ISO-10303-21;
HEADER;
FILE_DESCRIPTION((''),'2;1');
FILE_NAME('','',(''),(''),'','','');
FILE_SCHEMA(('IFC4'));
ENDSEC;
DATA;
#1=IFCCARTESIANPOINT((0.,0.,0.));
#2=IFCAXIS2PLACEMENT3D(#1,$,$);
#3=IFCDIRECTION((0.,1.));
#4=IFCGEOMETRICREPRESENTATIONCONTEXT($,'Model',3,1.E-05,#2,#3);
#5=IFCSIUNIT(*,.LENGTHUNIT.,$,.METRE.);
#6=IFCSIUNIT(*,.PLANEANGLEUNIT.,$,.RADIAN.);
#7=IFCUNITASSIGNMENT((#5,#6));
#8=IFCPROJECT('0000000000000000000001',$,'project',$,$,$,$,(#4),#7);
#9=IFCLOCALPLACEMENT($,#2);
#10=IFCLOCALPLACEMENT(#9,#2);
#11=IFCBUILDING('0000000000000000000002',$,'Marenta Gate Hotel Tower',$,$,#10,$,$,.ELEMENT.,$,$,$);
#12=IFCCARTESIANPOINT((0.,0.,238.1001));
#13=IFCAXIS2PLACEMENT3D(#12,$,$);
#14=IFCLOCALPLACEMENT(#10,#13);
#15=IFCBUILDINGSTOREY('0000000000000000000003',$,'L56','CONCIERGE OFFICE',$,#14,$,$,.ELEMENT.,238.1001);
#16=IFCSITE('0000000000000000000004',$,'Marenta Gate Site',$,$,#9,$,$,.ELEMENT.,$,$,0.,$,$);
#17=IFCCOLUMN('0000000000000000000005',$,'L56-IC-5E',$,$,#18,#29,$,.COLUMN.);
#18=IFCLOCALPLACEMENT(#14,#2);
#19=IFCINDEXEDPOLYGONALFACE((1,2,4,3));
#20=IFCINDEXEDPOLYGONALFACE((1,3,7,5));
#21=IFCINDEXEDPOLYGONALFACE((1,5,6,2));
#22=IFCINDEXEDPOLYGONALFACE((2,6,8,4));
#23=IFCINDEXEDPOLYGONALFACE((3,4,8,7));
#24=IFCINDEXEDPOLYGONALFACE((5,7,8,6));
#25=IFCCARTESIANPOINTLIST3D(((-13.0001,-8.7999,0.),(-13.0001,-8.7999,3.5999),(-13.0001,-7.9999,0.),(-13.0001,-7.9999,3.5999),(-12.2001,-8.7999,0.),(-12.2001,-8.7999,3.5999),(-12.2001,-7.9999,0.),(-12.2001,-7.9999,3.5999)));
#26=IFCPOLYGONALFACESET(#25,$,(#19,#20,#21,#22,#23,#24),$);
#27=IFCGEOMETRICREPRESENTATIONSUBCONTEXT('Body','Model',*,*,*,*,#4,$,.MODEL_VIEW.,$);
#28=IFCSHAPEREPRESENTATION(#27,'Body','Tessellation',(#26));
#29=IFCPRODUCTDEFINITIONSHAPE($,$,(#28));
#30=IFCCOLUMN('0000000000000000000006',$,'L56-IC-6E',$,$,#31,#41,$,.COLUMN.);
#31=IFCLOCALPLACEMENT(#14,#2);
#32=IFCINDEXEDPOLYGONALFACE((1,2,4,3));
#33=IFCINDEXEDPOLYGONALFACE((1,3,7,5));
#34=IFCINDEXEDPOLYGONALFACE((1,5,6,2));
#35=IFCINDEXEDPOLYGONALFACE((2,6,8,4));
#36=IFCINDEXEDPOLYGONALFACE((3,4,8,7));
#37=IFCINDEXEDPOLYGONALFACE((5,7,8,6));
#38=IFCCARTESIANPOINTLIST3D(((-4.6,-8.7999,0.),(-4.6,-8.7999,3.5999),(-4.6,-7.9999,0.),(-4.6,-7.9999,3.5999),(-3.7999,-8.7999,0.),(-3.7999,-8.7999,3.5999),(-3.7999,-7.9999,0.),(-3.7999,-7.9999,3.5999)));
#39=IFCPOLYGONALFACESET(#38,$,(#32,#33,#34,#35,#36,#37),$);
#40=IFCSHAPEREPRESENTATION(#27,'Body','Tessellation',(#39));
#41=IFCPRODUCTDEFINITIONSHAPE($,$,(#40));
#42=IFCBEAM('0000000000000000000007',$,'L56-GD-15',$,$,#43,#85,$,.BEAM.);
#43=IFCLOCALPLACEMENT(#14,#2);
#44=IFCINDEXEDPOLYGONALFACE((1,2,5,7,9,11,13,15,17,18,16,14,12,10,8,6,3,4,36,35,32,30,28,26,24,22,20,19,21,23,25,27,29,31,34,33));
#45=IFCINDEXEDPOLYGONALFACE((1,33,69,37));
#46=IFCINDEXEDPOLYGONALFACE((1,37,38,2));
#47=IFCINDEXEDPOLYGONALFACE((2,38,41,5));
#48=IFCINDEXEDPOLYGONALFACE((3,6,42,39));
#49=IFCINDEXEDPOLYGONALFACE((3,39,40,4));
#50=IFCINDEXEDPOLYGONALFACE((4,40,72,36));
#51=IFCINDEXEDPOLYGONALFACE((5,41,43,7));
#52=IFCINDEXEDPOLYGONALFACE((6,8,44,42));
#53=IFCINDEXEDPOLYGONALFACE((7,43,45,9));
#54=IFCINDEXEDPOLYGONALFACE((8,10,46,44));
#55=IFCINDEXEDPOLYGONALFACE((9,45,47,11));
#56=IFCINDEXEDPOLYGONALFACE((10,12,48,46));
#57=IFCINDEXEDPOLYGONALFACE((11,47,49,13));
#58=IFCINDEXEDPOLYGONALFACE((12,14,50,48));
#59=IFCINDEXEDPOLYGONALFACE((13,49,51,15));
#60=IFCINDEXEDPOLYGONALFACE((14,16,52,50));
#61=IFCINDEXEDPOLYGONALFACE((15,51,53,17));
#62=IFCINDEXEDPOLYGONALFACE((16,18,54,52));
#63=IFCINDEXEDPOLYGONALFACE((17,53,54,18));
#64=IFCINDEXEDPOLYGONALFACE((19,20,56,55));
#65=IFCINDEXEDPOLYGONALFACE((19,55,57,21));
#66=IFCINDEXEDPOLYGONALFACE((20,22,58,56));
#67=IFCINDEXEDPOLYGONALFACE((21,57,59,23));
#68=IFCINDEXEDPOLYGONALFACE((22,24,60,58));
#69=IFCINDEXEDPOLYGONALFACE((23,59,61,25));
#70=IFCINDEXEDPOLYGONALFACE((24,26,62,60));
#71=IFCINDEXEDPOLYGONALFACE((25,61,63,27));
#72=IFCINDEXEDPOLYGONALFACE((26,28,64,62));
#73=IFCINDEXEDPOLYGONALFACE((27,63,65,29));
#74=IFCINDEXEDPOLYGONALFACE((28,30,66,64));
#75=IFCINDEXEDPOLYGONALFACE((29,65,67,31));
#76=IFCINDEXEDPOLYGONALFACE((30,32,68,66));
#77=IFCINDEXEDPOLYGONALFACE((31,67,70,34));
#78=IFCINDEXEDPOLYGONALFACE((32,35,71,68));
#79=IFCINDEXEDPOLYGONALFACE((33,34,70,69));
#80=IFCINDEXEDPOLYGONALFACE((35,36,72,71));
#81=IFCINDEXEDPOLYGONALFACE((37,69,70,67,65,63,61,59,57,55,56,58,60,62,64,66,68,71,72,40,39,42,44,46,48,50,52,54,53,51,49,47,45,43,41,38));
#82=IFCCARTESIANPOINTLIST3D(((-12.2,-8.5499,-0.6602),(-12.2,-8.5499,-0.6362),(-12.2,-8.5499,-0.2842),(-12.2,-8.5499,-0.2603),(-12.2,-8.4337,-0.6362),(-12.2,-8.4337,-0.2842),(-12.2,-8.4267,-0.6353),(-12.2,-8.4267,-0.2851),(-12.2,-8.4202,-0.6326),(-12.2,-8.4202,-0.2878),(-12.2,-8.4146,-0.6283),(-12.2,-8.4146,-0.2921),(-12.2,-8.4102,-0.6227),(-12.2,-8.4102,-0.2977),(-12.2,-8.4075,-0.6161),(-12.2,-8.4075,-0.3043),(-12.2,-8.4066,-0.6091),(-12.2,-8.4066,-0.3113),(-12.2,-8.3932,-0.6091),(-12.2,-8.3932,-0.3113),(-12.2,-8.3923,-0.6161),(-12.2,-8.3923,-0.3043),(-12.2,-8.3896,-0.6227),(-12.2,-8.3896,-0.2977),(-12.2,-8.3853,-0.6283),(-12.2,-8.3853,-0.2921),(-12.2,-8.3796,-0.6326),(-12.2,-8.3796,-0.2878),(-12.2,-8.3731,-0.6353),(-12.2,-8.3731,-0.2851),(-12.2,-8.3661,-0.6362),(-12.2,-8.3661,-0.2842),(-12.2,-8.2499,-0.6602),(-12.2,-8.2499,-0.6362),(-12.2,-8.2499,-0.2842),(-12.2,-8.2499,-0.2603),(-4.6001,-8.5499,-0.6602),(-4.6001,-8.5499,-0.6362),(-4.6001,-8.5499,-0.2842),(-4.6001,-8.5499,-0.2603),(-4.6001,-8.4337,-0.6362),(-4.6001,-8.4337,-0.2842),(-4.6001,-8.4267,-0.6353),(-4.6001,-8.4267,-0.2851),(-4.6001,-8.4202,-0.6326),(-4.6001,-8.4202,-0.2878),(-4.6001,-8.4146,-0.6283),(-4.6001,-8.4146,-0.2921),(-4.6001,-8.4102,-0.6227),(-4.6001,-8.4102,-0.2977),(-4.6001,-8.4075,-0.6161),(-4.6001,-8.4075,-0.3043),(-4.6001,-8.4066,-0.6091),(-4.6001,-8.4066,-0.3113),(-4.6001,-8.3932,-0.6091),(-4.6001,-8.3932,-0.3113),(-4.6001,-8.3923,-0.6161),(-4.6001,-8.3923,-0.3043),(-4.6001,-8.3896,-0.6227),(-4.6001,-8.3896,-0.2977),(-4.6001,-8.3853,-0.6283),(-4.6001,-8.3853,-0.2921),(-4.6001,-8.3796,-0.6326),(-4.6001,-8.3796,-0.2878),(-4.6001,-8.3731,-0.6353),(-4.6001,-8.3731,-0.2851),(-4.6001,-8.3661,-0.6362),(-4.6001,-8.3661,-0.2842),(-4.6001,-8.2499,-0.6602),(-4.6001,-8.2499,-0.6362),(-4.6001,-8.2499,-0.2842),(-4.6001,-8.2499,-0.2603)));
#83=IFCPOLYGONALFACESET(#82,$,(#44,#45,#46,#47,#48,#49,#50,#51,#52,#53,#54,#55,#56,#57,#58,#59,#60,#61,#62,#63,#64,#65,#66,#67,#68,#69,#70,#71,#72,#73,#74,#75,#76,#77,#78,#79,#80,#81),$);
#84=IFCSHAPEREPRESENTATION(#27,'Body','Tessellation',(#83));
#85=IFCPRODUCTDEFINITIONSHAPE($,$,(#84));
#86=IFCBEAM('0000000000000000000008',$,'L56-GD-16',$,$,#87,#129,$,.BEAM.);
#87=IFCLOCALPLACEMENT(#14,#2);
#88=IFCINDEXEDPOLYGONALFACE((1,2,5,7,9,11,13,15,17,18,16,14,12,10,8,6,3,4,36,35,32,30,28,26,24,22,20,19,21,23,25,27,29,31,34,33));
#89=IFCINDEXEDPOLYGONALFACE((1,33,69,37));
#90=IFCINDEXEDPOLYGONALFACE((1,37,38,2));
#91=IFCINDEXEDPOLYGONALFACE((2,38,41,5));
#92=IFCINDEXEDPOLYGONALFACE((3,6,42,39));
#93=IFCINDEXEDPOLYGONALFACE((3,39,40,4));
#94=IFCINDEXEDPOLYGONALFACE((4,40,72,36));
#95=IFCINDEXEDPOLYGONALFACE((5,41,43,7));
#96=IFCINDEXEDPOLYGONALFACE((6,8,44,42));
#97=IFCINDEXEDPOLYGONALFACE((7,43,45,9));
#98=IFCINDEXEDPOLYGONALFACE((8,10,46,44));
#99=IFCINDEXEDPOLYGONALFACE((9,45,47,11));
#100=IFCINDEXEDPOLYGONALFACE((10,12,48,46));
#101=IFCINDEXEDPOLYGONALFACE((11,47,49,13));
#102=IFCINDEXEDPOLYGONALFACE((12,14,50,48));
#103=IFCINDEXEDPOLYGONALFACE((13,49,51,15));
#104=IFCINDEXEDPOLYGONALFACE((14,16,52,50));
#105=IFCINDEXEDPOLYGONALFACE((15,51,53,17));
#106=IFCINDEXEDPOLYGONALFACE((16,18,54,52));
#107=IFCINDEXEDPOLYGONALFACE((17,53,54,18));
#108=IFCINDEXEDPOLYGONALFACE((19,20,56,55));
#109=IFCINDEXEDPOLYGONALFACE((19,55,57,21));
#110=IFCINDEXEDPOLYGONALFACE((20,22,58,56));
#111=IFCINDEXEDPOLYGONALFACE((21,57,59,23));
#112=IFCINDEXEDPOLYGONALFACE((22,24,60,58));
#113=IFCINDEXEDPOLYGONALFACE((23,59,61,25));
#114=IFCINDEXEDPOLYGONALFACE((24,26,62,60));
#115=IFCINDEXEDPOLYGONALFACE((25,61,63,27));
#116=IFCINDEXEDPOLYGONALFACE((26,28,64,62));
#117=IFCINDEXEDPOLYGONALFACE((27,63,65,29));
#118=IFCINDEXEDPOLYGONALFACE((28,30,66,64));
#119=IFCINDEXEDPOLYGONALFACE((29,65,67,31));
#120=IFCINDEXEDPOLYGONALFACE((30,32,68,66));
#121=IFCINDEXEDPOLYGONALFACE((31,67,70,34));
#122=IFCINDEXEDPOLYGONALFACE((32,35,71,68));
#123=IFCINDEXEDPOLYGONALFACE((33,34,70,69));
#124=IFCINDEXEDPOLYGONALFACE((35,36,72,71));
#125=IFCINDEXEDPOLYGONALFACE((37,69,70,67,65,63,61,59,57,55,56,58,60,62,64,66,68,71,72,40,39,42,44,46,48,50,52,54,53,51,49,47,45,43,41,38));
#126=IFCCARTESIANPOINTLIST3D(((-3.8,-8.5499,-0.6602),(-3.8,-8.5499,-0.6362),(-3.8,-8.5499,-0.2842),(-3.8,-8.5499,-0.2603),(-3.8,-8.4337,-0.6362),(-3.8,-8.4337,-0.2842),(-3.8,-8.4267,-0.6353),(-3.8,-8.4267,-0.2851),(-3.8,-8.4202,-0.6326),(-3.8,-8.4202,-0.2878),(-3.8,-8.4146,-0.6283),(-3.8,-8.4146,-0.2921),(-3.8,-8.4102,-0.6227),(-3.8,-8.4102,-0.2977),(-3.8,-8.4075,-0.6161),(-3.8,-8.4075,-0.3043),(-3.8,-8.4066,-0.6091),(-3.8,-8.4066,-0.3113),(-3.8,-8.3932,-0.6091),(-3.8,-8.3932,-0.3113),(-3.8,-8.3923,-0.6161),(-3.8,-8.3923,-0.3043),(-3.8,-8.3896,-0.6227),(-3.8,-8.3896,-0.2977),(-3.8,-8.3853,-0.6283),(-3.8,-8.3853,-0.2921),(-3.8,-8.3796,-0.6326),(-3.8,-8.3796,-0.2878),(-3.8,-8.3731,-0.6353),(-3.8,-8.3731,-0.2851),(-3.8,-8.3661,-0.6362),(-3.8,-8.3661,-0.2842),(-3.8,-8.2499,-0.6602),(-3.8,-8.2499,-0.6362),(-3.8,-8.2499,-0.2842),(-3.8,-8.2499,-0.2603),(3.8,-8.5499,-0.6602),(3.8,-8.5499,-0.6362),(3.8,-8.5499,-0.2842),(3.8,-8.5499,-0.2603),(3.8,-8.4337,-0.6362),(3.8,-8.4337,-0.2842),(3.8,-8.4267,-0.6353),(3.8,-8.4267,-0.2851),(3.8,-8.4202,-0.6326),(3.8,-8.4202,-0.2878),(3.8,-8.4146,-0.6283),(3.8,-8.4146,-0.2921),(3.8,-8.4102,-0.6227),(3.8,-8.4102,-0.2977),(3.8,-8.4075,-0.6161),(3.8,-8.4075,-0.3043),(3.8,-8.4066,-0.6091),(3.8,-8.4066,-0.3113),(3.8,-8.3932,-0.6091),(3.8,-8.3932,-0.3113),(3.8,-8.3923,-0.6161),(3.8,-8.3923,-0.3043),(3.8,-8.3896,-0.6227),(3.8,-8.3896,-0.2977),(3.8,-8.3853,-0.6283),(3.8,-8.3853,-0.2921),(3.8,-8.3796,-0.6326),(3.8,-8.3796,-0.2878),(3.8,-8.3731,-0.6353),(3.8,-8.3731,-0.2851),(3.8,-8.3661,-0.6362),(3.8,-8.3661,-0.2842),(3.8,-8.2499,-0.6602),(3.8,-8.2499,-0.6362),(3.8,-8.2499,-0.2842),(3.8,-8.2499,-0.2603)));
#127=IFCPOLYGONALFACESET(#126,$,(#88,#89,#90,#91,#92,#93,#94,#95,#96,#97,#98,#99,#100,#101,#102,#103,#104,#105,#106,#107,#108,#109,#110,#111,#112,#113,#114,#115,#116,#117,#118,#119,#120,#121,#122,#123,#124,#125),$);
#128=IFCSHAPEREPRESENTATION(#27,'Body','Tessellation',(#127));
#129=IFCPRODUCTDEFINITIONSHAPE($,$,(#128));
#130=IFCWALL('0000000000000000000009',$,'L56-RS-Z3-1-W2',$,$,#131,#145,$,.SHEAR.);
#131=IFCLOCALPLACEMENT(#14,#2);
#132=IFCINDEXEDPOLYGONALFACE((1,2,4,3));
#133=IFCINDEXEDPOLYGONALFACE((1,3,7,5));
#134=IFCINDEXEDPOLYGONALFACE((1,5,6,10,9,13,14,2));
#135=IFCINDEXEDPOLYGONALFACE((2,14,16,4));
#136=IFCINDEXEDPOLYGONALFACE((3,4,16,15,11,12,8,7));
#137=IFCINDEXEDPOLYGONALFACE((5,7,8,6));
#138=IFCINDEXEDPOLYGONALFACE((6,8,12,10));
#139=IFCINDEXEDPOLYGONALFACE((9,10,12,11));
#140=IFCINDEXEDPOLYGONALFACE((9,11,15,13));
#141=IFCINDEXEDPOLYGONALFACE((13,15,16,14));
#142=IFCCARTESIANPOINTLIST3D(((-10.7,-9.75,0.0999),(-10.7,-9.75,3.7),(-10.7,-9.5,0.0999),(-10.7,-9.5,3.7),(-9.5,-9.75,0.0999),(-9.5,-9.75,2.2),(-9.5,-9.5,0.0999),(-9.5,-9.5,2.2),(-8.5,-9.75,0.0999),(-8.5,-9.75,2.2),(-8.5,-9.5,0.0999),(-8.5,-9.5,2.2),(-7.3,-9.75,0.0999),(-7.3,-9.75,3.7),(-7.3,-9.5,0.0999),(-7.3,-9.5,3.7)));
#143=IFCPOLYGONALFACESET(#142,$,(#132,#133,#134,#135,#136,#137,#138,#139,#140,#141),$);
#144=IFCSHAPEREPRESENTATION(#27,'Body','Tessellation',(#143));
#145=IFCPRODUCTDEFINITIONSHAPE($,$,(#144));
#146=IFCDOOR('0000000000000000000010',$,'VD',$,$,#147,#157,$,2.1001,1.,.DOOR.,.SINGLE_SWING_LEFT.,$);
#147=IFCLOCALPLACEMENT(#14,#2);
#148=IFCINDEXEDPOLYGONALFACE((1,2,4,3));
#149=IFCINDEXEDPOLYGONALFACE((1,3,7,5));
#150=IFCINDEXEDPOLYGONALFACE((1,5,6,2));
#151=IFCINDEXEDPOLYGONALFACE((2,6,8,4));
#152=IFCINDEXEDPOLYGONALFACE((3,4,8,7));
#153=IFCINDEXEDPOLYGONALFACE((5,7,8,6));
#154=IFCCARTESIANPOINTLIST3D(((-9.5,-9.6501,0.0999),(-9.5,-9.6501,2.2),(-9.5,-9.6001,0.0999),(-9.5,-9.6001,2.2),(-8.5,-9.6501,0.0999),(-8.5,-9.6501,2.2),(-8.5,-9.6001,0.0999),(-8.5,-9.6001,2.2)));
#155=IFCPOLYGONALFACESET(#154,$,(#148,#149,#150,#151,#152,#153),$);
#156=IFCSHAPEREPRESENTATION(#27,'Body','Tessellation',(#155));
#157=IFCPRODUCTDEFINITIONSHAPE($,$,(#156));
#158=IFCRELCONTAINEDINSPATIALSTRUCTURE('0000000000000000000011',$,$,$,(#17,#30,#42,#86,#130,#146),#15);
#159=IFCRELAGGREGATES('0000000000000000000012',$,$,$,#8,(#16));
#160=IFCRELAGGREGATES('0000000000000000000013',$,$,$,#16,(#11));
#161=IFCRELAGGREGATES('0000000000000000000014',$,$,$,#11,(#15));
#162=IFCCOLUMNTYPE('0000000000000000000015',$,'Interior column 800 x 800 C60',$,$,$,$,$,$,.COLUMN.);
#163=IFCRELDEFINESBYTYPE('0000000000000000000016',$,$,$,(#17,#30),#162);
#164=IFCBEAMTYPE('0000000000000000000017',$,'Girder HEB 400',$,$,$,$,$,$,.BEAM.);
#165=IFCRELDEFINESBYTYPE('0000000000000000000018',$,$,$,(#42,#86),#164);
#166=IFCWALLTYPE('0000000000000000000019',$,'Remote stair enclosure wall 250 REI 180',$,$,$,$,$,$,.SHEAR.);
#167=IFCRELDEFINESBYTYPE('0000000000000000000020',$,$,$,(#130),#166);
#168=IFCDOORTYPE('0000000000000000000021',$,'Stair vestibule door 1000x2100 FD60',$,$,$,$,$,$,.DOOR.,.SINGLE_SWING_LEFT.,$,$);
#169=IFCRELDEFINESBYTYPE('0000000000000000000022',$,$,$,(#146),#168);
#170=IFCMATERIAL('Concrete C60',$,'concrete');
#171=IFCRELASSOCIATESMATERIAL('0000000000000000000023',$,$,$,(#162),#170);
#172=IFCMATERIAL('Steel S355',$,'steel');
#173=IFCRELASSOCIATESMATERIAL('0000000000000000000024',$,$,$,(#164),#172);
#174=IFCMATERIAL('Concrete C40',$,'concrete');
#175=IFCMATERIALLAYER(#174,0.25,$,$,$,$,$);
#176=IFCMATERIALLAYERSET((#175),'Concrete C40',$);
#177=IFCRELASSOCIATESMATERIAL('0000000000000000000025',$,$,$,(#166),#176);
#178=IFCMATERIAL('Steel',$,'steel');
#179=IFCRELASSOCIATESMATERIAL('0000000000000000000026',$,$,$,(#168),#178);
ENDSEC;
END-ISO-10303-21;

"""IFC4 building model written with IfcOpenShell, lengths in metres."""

from ifc_helpers import new_model, si_unit, direction, frame, frame_2d, origin, origin_2d, place, context, subcontext, project, spatial, rectangle, i_section, extrude, material, layer, layer_set, material_profile, profile_set, type_object, element, fill, save


model = new_model("IFC4")

# Units and contexts
model_context = context("Model", 3, precision=1e-05, world=origin(), true_north=direction((0.0, 1.0)))
body_context = subcontext(model_context, "Body", "Model", "MODEL_VIEW")
ifc_project = project(units=[si_unit("LENGTHUNIT", "METRE"), si_unit("PLANEANGLEUNIT", "RADIAN")], contexts=[model_context])

# Site, building, storey
site_placement = place(None, origin())
site = spatial("IfcSite", under=ifc_project, at=site_placement, Name="Marenta Gate Site", CompositionType="ELEMENT", RefElevation=0.0)
building_placement = place(site_placement, origin())
building = spatial("IfcBuilding", under=site, at=building_placement, Name="Marenta Gate Hotel Tower", CompositionType="ELEMENT")
storey_placement = place(building_placement, frame((0.0, 0.0, 238.1001)))
storey = spatial("IfcBuildingStorey", under=building, at=storey_placement, Name="L56", Description="CONCIERGE OFFICE", CompositionType="ELEMENT", Elevation=238.1001)

# Columns
ifc_material_1 = material(Name="Concrete C60", Category="concrete")
ifc_material_profile_1 = material_profile(ifc_material_1, rectangle(XDim=0.8, YDim=0.8, at=origin_2d()), Name="800 x 800")
ifc_profile_set_1 = profile_set([ifc_material_profile_1], Name="Concrete C60")
column_type = type_object("IfcColumnType", Name="Interior column 800 x 800 C60", PredefinedType="COLUMN", material=ifc_profile_set_1)
for number, where, z_axis, x_axis, name in (
    (1, (-12.6001, -8.3999, 0.0), (0.0, 0.0, 1.0), (1.0, 0.0, 0.0), "L56-IC-5E"),
    (2, (-4.2, -8.3999, 0.0), (0.0, 0.0, 1.0), (1.0, 0.0, 0.0), "L56-IC-6E"),
):
    element("IfcColumn", number, at=place(storey_placement, frame(where, z_axis=z_axis, x_axis=x_axis)), inside=storey, type_object=column_type, Name=name, PredefinedType="COLUMN", context=body_context, shape_type="SweptSolid", body=[
        extrude(rectangle(XDim=0.8, YDim=0.8, at=origin_2d()), origin(), (0.0, 0.0, 1.0), 3.5999),
    ])

# Beams
ifc_material_2 = material(Name="Steel S355", Category="steel")
ifc_material_profile_2 = material_profile(ifc_material_2, i_section(OverallWidth=0.3, OverallDepth=0.3999, WebThickness=0.0134, FlangeThickness=0.0239, FilletRadius=0.0271, at=origin_2d()), Name="HEB 400")
ifc_profile_set_2 = profile_set([ifc_material_profile_2], Name="Steel S355")
beam_type = type_object("IfcBeamType", Name="Girder HEB 400", PredefinedType="BEAM", material=ifc_profile_set_2)
beam_1_placement = place(storey_placement, frame((-12.2, -8.3999, -0.4602), z_axis=(1.0, 0.0, 0.0), x_axis=(0.0, 1.0, 0.0)))
element("IfcBeam", 3, at=beam_1_placement, inside=storey, type_object=beam_type, Name="L56-GD-15", PredefinedType="BEAM", context=body_context, shape_type="SweptSolid", body=[
    extrude(i_section(OverallWidth=0.3, OverallDepth=0.3999, WebThickness=0.0134, FlangeThickness=0.0239, FilletRadius=0.0271, at=origin_2d()), origin(), (0.0, 0.0, 1.0), 7.5999),
])
beam_2_placement = place(storey_placement, frame((-3.8, -8.3999, -0.4602), z_axis=(1.0, 0.0, 0.0), x_axis=(0.0, 1.0, 0.0)))
element("IfcBeam", 4, at=beam_2_placement, inside=storey, type_object=beam_type, Name="L56-GD-16", PredefinedType="BEAM", context=body_context, shape_type="SweptSolid", body=[
    extrude(i_section(OverallWidth=0.3, OverallDepth=0.3999, WebThickness=0.0134, FlangeThickness=0.0239, FilletRadius=0.0271, at=origin_2d()), origin(), (0.0, 0.0, 1.0), 7.6001),
])

# Wall, opening, door
ifc_material_3 = material(Name="Concrete C40", Category="concrete")
ifc_layer_1 = layer(ifc_material_3, 0.25)
ifc_layer_set_1 = layer_set([ifc_layer_1], Name="Concrete C40")
wall_type_1 = type_object("IfcWallType", Name="Remote stair enclosure wall 250 REI 180", PredefinedType="SHEAR", material=ifc_layer_set_1)
wall_1_placement = place(storey_placement, frame((-10.7, -9.625, 0.0999), z_axis=(0.0, 0.0, 1.0), x_axis=(1.0, 0.0, 0.0)))
wall_1 = element("IfcWall", 5, at=wall_1_placement, inside=storey, type_object=wall_type_1, Name="L56-RS-Z3-1-W2", PredefinedType="SHEAR", context=body_context, shape_type="SweptSolid", body=[
    extrude(rectangle(XDim=3.3999, YDim=0.25, at=frame_2d((1.7, 0.0))), origin(), (0.0, 0.0, 1.0), 3.6001),
])
opening_1_placement = place(wall_1_placement, frame((1.2, 0.0, 0.0)))
opening_1 = element("IfcOpeningElement", 6, at=opening_1_placement, cuts=wall_1, PredefinedType="OPENING", context=body_context, shape_type="SweptSolid", body=[
    extrude(rectangle(XDim=1.0, YDim=2.1001, at=frame_2d((0.5, 1.05))), frame((0.0, 0.125, 0.0), z_axis=(0.0, -1.0, 0.0), x_axis=(1.0, 0.0, 0.0)), (0.0, 0.0, 1.0), 0.25),
])
ifc_material_4 = material(Name="Steel", Category="steel")
door_type_1 = type_object("IfcDoorType", Name="Stair vestibule door 1000x2100 FD60", OperationType="SINGLE_SWING_LEFT", PredefinedType="DOOR", material=ifc_material_4)
door_1_placement = place(opening_1_placement, origin())
door_1 = element("IfcDoor", 7, at=door_1_placement, inside=storey, type_object=door_type_1, Name="VD", OperationType="SINGLE_SWING_LEFT", OverallHeight=2.1001, OverallWidth=1.0, PredefinedType="DOOR", context=body_context, shape_type="SweptSolid", body=[
    extrude(rectangle(XDim=1.0, YDim=2.1001, at=frame_2d((0.5, 1.05))), frame((0.0, 0.0249, 0.0), z_axis=(0.0, -1.0, 0.0), x_axis=(1.0, 0.0, 0.0)), (0.0, 0.0, 1.0), 0.05),
])
fill(opening_1, door_1)

save(model, "model.ifc")
